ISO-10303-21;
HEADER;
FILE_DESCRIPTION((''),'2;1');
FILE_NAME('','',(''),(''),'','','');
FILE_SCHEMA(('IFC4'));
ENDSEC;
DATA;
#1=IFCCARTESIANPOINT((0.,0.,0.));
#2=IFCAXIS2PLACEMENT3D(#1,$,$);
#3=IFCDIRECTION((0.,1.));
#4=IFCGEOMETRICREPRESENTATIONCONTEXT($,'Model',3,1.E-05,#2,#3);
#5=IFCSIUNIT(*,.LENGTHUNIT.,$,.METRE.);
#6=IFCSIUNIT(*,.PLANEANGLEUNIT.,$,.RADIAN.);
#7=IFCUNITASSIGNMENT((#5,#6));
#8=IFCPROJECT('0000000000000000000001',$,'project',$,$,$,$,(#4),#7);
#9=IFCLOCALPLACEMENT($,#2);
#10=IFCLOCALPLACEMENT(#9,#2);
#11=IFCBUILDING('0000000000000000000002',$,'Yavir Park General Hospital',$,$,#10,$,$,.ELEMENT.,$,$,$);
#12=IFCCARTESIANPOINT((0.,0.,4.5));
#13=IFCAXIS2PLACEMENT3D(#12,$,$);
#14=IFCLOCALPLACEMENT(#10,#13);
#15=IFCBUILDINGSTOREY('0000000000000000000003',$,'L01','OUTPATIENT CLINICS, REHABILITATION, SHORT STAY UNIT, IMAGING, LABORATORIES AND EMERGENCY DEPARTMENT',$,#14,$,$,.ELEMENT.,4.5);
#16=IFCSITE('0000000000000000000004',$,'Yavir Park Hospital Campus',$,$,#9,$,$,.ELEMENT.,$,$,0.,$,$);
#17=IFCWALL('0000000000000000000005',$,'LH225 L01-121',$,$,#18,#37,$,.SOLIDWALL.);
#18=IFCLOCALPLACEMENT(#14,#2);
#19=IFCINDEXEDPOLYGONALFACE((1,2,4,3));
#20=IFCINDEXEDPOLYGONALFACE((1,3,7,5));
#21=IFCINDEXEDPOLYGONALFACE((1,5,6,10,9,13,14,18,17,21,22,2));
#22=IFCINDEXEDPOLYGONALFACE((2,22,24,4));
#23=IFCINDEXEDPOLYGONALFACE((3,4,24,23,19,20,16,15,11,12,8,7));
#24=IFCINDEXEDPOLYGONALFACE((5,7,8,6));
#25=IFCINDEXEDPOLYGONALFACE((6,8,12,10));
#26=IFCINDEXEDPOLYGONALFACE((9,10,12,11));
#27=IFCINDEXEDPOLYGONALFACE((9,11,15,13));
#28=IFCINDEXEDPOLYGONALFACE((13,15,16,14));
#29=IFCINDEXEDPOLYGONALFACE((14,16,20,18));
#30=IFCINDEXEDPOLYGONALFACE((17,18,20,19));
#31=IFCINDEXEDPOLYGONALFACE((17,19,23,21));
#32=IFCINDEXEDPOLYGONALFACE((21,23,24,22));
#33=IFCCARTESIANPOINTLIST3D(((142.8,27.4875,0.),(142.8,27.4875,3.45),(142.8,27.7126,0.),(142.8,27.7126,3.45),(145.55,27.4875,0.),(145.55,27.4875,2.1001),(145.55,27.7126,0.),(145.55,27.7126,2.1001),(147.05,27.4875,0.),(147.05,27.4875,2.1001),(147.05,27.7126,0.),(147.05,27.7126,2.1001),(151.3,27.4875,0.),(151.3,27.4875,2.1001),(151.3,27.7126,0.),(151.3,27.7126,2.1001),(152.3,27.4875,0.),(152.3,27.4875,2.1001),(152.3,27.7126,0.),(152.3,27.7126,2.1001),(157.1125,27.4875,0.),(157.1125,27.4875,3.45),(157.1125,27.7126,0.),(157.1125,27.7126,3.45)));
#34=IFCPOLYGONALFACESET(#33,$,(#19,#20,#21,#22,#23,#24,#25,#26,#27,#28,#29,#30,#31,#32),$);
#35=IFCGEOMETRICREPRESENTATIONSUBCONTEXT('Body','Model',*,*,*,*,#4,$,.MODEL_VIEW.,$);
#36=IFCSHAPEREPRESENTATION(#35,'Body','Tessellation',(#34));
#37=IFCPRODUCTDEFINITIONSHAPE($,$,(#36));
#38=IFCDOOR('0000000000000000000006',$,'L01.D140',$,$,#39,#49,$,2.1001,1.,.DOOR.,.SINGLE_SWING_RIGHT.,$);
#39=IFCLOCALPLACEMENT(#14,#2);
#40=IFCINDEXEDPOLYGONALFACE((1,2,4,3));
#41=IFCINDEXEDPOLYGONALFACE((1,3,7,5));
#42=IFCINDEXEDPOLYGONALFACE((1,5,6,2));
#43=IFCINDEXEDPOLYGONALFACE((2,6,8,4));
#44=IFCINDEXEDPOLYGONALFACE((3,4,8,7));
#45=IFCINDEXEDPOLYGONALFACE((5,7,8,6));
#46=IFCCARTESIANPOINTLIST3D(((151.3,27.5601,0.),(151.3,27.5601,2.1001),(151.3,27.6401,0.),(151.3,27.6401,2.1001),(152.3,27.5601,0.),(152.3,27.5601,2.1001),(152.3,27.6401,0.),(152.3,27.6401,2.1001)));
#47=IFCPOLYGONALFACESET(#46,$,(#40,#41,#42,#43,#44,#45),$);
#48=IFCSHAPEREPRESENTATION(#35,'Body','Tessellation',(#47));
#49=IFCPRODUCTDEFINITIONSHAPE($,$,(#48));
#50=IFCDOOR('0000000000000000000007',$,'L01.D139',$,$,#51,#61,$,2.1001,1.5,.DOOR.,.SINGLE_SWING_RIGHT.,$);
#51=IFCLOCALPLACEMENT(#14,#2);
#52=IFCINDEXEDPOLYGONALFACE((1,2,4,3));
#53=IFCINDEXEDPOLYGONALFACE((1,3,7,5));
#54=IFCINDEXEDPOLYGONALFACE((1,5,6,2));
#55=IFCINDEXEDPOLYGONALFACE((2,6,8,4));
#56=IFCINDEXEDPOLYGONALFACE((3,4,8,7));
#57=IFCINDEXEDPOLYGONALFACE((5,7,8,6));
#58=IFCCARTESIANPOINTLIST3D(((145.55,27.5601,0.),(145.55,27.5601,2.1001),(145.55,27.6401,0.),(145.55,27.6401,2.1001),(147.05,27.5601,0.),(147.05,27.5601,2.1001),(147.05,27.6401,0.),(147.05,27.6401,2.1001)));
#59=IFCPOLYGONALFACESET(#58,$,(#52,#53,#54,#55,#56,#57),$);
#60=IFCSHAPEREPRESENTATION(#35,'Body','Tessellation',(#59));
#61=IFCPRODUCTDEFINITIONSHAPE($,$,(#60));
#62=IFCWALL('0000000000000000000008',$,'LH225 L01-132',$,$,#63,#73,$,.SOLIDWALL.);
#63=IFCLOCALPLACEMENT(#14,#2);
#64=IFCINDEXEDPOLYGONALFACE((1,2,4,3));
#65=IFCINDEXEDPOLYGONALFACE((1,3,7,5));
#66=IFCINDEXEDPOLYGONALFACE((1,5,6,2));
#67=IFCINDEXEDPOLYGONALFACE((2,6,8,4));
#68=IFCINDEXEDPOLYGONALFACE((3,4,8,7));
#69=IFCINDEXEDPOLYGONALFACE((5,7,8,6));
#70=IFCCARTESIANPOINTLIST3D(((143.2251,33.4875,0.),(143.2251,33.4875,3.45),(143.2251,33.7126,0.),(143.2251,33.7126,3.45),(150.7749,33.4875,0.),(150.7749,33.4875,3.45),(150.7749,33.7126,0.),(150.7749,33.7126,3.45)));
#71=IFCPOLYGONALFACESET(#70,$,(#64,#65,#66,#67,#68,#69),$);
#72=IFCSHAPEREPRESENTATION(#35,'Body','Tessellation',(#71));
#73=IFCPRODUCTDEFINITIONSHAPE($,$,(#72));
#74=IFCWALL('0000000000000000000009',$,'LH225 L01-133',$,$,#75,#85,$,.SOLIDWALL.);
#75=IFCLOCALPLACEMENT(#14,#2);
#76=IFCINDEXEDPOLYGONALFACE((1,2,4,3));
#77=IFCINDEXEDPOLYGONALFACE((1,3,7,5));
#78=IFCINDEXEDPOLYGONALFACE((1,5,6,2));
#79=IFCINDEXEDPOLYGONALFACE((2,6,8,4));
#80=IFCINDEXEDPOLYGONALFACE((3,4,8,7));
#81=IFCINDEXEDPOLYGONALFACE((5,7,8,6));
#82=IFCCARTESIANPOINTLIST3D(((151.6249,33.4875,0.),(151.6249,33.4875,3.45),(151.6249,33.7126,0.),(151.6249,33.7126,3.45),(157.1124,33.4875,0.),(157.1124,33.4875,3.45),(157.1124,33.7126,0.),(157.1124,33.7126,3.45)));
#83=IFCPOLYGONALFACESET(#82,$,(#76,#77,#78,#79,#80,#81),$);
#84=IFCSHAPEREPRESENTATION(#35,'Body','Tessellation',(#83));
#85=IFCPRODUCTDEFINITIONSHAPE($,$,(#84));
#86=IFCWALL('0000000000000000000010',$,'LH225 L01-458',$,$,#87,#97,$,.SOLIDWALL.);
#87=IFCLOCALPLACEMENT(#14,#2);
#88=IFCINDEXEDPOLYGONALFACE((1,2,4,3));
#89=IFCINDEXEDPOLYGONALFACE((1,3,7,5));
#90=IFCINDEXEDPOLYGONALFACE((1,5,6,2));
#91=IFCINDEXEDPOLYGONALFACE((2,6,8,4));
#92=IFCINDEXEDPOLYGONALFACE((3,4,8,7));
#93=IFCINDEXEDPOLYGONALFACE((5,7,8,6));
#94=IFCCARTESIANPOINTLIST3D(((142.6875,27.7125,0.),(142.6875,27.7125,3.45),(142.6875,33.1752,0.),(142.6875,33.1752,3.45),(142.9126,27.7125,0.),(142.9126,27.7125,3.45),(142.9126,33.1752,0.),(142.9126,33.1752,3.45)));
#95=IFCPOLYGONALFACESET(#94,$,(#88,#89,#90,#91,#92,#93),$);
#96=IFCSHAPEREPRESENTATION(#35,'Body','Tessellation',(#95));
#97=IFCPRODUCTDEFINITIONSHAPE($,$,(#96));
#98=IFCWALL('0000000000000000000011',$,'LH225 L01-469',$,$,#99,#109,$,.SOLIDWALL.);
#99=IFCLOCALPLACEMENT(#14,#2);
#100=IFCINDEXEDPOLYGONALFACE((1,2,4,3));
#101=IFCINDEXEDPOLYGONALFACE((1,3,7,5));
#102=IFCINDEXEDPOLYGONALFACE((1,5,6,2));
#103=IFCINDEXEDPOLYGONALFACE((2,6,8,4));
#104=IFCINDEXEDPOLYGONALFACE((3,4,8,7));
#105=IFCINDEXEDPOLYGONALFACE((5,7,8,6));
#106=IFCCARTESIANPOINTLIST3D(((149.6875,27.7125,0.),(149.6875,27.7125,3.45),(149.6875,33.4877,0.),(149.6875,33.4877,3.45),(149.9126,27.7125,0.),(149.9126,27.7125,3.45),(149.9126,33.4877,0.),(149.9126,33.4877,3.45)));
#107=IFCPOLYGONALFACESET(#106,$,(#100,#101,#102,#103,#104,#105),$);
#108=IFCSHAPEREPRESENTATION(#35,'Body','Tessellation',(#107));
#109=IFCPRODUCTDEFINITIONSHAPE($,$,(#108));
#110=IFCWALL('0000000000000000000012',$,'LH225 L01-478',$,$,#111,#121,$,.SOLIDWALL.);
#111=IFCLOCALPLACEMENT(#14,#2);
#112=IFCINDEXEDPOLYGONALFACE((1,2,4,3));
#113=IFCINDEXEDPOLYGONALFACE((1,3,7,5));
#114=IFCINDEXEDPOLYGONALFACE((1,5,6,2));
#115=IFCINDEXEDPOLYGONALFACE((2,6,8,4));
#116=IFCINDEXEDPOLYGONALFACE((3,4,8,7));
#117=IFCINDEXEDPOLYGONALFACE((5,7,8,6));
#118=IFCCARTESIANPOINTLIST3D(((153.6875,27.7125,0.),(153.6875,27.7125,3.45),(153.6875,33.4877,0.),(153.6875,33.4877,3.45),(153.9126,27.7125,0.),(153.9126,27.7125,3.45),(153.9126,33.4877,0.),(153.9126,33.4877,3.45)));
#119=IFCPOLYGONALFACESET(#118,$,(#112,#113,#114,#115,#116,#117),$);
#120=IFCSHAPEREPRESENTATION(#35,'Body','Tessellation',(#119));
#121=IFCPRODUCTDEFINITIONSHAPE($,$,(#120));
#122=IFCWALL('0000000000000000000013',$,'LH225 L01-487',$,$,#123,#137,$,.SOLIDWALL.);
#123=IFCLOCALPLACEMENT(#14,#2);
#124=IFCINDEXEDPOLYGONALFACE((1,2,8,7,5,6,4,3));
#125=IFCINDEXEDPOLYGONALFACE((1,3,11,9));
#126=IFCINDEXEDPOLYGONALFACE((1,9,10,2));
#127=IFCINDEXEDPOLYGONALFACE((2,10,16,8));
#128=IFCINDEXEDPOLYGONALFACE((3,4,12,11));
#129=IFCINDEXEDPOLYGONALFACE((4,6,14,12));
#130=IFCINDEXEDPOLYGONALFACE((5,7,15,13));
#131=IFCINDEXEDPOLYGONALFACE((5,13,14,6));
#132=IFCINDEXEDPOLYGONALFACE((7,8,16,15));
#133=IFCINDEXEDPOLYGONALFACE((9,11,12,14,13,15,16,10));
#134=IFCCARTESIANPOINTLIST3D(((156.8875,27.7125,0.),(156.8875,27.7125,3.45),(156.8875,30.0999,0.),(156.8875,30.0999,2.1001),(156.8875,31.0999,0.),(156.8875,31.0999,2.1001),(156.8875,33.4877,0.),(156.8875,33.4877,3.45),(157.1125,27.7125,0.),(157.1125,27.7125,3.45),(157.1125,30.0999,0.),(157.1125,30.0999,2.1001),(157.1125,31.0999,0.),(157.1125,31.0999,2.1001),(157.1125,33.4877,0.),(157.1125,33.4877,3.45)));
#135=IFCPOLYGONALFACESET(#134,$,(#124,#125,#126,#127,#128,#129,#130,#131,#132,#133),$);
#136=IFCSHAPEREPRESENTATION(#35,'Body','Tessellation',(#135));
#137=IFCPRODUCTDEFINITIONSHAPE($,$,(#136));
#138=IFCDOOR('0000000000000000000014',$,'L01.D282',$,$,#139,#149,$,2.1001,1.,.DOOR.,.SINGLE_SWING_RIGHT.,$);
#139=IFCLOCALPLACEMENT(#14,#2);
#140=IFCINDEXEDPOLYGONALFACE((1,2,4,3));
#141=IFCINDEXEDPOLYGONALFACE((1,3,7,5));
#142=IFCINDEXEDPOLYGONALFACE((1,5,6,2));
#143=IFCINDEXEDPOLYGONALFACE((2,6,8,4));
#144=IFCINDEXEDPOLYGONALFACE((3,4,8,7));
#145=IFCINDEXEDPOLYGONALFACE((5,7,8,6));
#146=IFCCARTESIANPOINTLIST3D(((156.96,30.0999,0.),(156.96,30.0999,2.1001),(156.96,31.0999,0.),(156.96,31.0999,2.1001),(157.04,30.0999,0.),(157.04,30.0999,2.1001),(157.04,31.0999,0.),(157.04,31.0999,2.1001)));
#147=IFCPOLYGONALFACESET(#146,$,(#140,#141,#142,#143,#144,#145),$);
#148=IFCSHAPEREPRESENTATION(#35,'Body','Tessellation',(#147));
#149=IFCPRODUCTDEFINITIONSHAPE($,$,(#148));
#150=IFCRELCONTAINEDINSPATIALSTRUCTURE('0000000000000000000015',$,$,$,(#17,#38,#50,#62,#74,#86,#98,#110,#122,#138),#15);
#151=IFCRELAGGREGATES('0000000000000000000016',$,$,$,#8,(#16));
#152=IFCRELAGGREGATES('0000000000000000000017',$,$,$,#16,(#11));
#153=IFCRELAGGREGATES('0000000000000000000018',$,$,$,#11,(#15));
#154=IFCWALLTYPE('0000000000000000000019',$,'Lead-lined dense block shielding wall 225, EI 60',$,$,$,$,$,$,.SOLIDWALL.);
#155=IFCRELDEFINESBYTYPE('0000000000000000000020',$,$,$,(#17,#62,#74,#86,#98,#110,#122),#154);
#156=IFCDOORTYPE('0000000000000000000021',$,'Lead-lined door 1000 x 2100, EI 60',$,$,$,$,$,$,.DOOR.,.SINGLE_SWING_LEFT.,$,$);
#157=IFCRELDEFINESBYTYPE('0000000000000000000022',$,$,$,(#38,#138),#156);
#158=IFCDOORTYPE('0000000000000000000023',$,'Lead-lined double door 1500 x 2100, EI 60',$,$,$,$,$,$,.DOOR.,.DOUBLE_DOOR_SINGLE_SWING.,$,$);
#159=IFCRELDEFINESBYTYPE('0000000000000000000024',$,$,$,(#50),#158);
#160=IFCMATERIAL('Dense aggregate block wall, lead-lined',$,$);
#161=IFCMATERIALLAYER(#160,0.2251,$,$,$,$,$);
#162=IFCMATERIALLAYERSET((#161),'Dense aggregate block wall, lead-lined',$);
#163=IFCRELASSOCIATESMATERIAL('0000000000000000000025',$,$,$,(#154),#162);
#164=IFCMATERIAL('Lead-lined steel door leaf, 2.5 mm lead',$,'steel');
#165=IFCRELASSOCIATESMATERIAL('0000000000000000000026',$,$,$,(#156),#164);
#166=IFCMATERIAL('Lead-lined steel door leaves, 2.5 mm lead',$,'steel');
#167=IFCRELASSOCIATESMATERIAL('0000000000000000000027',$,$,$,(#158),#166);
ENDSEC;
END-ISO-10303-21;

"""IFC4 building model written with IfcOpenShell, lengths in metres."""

from ifc_helpers import new_model, si_unit, direction, frame, frame_2d, origin, place, context, subcontext, project, spatial, rectangle, extrude, material, layer, layer_set, type_object, element, fill, save


model = new_model("IFC4")

# Units and contexts
model_context = context("Model", 3, precision=1e-05, world=origin(), true_north=direction((0.0, 1.0)))
body_context = subcontext(model_context, "Body", "Model", "MODEL_VIEW")
ifc_project = project(units=[si_unit("LENGTHUNIT", "METRE"), si_unit("PLANEANGLEUNIT", "RADIAN")], contexts=[model_context])

# Site, building, storey
site_placement = place(None, origin())
site = spatial("IfcSite", under=ifc_project, at=site_placement, Name="Yavir Park Hospital Campus", CompositionType="ELEMENT", RefElevation=0.0)
building_placement = place(site_placement, origin())
building = spatial("IfcBuilding", under=site, at=building_placement, Name="Yavir Park General Hospital", CompositionType="ELEMENT")
storey_placement = place(building_placement, frame((0.0, 0.0, 4.5)))
storey = spatial("IfcBuildingStorey", under=building, at=storey_placement, Name="L01", Description="OUTPATIENT CLINICS, REHABILITATION, SHORT STAY UNIT, IMAGING, LABORATORIES AND EMERGENCY DEPARTMENT", CompositionType="ELEMENT", Elevation=4.5)

# Wall, openings, doors
ifc_material_1 = material(Name="Dense aggregate block wall, lead-lined")
ifc_layer_1 = layer(ifc_material_1, 0.2251)
ifc_layer_set_1 = layer_set([ifc_layer_1], Name="Dense aggregate block wall, lead-lined")
wall_type_1 = type_object("IfcWallType", Name="Lead-lined dense block shielding wall 225, EI 60", PredefinedType="SOLIDWALL", material=ifc_layer_set_1)
wall_1_placement = place(storey_placement, frame((142.8, 27.6001, 0.0), z_axis=(0.0, 0.0, 1.0), x_axis=(1.0, 0.0, 0.0)))
wall_1 = element("IfcWall", 1, at=wall_1_placement, inside=storey, type_object=wall_type_1, Name="LH225 L01-121", PredefinedType="SOLIDWALL", context=body_context, shape_type="SweptSolid", body=[
    extrude(rectangle(XDim=14.3125, YDim=0.2251, at=frame_2d((7.1562, 0.0))), origin(), (0.0, 0.0, 1.0), 3.45),
])
opening_1_placement = place(wall_1_placement, frame((2.75, 0.0, 0.0)))
opening_1 = element("IfcOpeningElement", 2, at=opening_1_placement, cuts=wall_1, PredefinedType="OPENING", context=body_context, shape_type="SweptSolid", body=[
    extrude(rectangle(XDim=1.5, YDim=2.1001, at=frame_2d((0.75, 1.05))), frame((0.0, 0.1226, 0.0), z_axis=(0.0, -1.0, 0.0), x_axis=(1.0, 0.0, 0.0)), (0.0, 0.0, 1.0), 0.2451),
])
opening_2_placement = place(wall_1_placement, frame((8.5, 0.0, 0.0)))
opening_2 = element("IfcOpeningElement", 3, at=opening_2_placement, cuts=wall_1, PredefinedType="OPENING", context=body_context, shape_type="SweptSolid", body=[
    extrude(rectangle(XDim=1.0, YDim=2.1001, at=frame_2d((0.5, 1.05))), frame((0.0, 0.1226, 0.0), z_axis=(0.0, -1.0, 0.0), x_axis=(1.0, 0.0, 0.0)), (0.0, 0.0, 1.0), 0.2451),
])
ifc_material_2 = material(Name="Lead-lined steel door leaf, 2.5 mm lead", Category="steel")
door_type_1 = type_object("IfcDoorType", Name="Lead-lined door 1000 x 2100, EI 60", OperationType="SINGLE_SWING_LEFT", PredefinedType="DOOR", material=ifc_material_2)
door_1_placement = place(opening_2_placement, origin())
door_1 = element("IfcDoor", 4, at=door_1_placement, inside=storey, type_object=door_type_1, Name="L01.D140", OperationType="SINGLE_SWING_RIGHT", OverallHeight=2.1001, OverallWidth=1.0, PredefinedType="DOOR", context=body_context, shape_type="SweptSolid", body=[
    extrude(rectangle(XDim=1.0, YDim=2.1001, at=frame_2d((0.5, 1.05))), frame((0.0, 0.04, 0.0), z_axis=(0.0, -1.0, 0.0), x_axis=(1.0, 0.0, 0.0)), (0.0, 0.0, 1.0), 0.0801),
])
fill(opening_2, door_1)
ifc_material_3 = material(Name="Lead-lined steel door leaves, 2.5 mm lead", Category="steel")
door_type_2 = type_object("IfcDoorType", Name="Lead-lined double door 1500 x 2100, EI 60", OperationType="DOUBLE_DOOR_SINGLE_SWING", PredefinedType="DOOR", material=ifc_material_3)
door_2_placement = place(opening_1_placement, origin())
door_2 = element("IfcDoor", 5, at=door_2_placement, inside=storey, type_object=door_type_2, Name="L01.D139", OperationType="SINGLE_SWING_RIGHT", OverallHeight=2.1001, OverallWidth=1.5, PredefinedType="DOOR", context=body_context, shape_type="SweptSolid", body=[
    extrude(rectangle(XDim=1.5, YDim=2.1001, at=frame_2d((0.75, 1.05))), frame((0.0, 0.04, 0.0), z_axis=(0.0, -1.0, 0.0), x_axis=(1.0, 0.0, 0.0)), (0.0, 0.0, 1.0), 0.0801),
])
fill(opening_1, door_2)

# Walls
wall_2_placement = place(storey_placement, frame((143.2251, 33.6001, 0.0), z_axis=(0.0, 0.0, 1.0), x_axis=(1.0, 0.0, 0.0)))
element("IfcWall", 6, at=wall_2_placement, inside=storey, type_object=wall_type_1, Name="LH225 L01-132", PredefinedType="SOLIDWALL", context=body_context, shape_type="SweptSolid", body=[
    extrude(rectangle(XDim=7.5498, YDim=0.2251, at=frame_2d((3.7749, 0.0))), origin(), (0.0, 0.0, 1.0), 3.45),
])
wall_3_placement = place(storey_placement, frame((151.625, 33.6001, 0.0), z_axis=(0.0, 0.0, 1.0), x_axis=(1.0, 0.0, 0.0)))
element("IfcWall", 7, at=wall_3_placement, inside=storey, type_object=wall_type_1, Name="LH225 L01-133", PredefinedType="SOLIDWALL", context=body_context, shape_type="SweptSolid", body=[
    extrude(rectangle(XDim=5.4875, YDim=0.2251, at=frame_2d((2.7437, 0.0))), origin(), (0.0, 0.0, 1.0), 3.45),
])
wall_4_placement = place(storey_placement, frame((142.8, 27.7124, 0.0), z_axis=(0.0, 0.0, 1.0), x_axis=(0.0, 1.0, 0.0)))
element("IfcWall", 8, at=wall_4_placement, inside=storey, type_object=wall_type_1, Name="LH225 L01-458", PredefinedType="SOLIDWALL", context=body_context, shape_type="SweptSolid", body=[
    extrude(rectangle(XDim=5.4626, YDim=0.2251, at=frame_2d((2.7314, 0.0))), origin(), (0.0, 0.0, 1.0), 3.45),
])
for number, where, z_axis, x_axis, name in (
    (9, (149.8, 27.7124, 0.0), (0.0, 0.0, 1.0), (0.0, 1.0, 0.0), "LH225 L01-469"),
    (10, (153.8, 27.7124, 0.0), (0.0, 0.0, 1.0), (0.0, 1.0, 0.0), "LH225 L01-478"),
):
    element("IfcWall", number, at=place(storey_placement, frame(where, z_axis=z_axis, x_axis=x_axis)), inside=storey, type_object=wall_type_1, Name=name, PredefinedType="SOLIDWALL", context=body_context, shape_type="SweptSolid", body=[
        extrude(rectangle(XDim=5.7751, YDim=0.2251, at=frame_2d((2.8877, 0.0))), origin(), (0.0, 0.0, 1.0), 3.45),
    ])

# Wall, opening, door
wall_5_placement = place(storey_placement, frame((157.0, 27.7124, 0.0), z_axis=(0.0, 0.0, 1.0), x_axis=(0.0, 1.0, 0.0)))
wall_5 = element("IfcWall", 11, at=wall_5_placement, inside=storey, type_object=wall_type_1, Name="LH225 L01-487", PredefinedType="SOLIDWALL", context=body_context, shape_type="SweptSolid", body=[
    extrude(rectangle(XDim=5.7751, YDim=0.2251, at=frame_2d((2.8877, 0.0))), origin(), (0.0, 0.0, 1.0), 3.45),
])
opening_3_placement = place(wall_5_placement, frame((2.3875, 0.0, 0.0)))
opening_3 = element("IfcOpeningElement", 12, at=opening_3_placement, cuts=wall_5, PredefinedType="OPENING", context=body_context, shape_type="SweptSolid", body=[
    extrude(rectangle(XDim=1.0, YDim=2.1001, at=frame_2d((0.5, 1.05))), frame((0.0, 0.1226, 0.0), z_axis=(0.0, -1.0, 0.0), x_axis=(1.0, 0.0, 0.0)), (0.0, 0.0, 1.0), 0.2451),
])
door_3_placement = place(opening_3_placement, origin())
door_3 = element("IfcDoor", 13, at=door_3_placement, inside=storey, type_object=door_type_1, Name="L01.D282", OperationType="SINGLE_SWING_RIGHT", OverallHeight=2.1001, OverallWidth=1.0, PredefinedType="DOOR", context=body_context, shape_type="SweptSolid", body=[
    extrude(rectangle(XDim=1.0, YDim=2.1001, at=frame_2d((0.5, 1.05))), frame((0.0, 0.04, 0.0), z_axis=(0.0, -1.0, 0.0), x_axis=(1.0, 0.0, 0.0)), (0.0, 0.0, 1.0), 0.0801),
])
fill(opening_3, door_3)

save(model, "model.ifc")
